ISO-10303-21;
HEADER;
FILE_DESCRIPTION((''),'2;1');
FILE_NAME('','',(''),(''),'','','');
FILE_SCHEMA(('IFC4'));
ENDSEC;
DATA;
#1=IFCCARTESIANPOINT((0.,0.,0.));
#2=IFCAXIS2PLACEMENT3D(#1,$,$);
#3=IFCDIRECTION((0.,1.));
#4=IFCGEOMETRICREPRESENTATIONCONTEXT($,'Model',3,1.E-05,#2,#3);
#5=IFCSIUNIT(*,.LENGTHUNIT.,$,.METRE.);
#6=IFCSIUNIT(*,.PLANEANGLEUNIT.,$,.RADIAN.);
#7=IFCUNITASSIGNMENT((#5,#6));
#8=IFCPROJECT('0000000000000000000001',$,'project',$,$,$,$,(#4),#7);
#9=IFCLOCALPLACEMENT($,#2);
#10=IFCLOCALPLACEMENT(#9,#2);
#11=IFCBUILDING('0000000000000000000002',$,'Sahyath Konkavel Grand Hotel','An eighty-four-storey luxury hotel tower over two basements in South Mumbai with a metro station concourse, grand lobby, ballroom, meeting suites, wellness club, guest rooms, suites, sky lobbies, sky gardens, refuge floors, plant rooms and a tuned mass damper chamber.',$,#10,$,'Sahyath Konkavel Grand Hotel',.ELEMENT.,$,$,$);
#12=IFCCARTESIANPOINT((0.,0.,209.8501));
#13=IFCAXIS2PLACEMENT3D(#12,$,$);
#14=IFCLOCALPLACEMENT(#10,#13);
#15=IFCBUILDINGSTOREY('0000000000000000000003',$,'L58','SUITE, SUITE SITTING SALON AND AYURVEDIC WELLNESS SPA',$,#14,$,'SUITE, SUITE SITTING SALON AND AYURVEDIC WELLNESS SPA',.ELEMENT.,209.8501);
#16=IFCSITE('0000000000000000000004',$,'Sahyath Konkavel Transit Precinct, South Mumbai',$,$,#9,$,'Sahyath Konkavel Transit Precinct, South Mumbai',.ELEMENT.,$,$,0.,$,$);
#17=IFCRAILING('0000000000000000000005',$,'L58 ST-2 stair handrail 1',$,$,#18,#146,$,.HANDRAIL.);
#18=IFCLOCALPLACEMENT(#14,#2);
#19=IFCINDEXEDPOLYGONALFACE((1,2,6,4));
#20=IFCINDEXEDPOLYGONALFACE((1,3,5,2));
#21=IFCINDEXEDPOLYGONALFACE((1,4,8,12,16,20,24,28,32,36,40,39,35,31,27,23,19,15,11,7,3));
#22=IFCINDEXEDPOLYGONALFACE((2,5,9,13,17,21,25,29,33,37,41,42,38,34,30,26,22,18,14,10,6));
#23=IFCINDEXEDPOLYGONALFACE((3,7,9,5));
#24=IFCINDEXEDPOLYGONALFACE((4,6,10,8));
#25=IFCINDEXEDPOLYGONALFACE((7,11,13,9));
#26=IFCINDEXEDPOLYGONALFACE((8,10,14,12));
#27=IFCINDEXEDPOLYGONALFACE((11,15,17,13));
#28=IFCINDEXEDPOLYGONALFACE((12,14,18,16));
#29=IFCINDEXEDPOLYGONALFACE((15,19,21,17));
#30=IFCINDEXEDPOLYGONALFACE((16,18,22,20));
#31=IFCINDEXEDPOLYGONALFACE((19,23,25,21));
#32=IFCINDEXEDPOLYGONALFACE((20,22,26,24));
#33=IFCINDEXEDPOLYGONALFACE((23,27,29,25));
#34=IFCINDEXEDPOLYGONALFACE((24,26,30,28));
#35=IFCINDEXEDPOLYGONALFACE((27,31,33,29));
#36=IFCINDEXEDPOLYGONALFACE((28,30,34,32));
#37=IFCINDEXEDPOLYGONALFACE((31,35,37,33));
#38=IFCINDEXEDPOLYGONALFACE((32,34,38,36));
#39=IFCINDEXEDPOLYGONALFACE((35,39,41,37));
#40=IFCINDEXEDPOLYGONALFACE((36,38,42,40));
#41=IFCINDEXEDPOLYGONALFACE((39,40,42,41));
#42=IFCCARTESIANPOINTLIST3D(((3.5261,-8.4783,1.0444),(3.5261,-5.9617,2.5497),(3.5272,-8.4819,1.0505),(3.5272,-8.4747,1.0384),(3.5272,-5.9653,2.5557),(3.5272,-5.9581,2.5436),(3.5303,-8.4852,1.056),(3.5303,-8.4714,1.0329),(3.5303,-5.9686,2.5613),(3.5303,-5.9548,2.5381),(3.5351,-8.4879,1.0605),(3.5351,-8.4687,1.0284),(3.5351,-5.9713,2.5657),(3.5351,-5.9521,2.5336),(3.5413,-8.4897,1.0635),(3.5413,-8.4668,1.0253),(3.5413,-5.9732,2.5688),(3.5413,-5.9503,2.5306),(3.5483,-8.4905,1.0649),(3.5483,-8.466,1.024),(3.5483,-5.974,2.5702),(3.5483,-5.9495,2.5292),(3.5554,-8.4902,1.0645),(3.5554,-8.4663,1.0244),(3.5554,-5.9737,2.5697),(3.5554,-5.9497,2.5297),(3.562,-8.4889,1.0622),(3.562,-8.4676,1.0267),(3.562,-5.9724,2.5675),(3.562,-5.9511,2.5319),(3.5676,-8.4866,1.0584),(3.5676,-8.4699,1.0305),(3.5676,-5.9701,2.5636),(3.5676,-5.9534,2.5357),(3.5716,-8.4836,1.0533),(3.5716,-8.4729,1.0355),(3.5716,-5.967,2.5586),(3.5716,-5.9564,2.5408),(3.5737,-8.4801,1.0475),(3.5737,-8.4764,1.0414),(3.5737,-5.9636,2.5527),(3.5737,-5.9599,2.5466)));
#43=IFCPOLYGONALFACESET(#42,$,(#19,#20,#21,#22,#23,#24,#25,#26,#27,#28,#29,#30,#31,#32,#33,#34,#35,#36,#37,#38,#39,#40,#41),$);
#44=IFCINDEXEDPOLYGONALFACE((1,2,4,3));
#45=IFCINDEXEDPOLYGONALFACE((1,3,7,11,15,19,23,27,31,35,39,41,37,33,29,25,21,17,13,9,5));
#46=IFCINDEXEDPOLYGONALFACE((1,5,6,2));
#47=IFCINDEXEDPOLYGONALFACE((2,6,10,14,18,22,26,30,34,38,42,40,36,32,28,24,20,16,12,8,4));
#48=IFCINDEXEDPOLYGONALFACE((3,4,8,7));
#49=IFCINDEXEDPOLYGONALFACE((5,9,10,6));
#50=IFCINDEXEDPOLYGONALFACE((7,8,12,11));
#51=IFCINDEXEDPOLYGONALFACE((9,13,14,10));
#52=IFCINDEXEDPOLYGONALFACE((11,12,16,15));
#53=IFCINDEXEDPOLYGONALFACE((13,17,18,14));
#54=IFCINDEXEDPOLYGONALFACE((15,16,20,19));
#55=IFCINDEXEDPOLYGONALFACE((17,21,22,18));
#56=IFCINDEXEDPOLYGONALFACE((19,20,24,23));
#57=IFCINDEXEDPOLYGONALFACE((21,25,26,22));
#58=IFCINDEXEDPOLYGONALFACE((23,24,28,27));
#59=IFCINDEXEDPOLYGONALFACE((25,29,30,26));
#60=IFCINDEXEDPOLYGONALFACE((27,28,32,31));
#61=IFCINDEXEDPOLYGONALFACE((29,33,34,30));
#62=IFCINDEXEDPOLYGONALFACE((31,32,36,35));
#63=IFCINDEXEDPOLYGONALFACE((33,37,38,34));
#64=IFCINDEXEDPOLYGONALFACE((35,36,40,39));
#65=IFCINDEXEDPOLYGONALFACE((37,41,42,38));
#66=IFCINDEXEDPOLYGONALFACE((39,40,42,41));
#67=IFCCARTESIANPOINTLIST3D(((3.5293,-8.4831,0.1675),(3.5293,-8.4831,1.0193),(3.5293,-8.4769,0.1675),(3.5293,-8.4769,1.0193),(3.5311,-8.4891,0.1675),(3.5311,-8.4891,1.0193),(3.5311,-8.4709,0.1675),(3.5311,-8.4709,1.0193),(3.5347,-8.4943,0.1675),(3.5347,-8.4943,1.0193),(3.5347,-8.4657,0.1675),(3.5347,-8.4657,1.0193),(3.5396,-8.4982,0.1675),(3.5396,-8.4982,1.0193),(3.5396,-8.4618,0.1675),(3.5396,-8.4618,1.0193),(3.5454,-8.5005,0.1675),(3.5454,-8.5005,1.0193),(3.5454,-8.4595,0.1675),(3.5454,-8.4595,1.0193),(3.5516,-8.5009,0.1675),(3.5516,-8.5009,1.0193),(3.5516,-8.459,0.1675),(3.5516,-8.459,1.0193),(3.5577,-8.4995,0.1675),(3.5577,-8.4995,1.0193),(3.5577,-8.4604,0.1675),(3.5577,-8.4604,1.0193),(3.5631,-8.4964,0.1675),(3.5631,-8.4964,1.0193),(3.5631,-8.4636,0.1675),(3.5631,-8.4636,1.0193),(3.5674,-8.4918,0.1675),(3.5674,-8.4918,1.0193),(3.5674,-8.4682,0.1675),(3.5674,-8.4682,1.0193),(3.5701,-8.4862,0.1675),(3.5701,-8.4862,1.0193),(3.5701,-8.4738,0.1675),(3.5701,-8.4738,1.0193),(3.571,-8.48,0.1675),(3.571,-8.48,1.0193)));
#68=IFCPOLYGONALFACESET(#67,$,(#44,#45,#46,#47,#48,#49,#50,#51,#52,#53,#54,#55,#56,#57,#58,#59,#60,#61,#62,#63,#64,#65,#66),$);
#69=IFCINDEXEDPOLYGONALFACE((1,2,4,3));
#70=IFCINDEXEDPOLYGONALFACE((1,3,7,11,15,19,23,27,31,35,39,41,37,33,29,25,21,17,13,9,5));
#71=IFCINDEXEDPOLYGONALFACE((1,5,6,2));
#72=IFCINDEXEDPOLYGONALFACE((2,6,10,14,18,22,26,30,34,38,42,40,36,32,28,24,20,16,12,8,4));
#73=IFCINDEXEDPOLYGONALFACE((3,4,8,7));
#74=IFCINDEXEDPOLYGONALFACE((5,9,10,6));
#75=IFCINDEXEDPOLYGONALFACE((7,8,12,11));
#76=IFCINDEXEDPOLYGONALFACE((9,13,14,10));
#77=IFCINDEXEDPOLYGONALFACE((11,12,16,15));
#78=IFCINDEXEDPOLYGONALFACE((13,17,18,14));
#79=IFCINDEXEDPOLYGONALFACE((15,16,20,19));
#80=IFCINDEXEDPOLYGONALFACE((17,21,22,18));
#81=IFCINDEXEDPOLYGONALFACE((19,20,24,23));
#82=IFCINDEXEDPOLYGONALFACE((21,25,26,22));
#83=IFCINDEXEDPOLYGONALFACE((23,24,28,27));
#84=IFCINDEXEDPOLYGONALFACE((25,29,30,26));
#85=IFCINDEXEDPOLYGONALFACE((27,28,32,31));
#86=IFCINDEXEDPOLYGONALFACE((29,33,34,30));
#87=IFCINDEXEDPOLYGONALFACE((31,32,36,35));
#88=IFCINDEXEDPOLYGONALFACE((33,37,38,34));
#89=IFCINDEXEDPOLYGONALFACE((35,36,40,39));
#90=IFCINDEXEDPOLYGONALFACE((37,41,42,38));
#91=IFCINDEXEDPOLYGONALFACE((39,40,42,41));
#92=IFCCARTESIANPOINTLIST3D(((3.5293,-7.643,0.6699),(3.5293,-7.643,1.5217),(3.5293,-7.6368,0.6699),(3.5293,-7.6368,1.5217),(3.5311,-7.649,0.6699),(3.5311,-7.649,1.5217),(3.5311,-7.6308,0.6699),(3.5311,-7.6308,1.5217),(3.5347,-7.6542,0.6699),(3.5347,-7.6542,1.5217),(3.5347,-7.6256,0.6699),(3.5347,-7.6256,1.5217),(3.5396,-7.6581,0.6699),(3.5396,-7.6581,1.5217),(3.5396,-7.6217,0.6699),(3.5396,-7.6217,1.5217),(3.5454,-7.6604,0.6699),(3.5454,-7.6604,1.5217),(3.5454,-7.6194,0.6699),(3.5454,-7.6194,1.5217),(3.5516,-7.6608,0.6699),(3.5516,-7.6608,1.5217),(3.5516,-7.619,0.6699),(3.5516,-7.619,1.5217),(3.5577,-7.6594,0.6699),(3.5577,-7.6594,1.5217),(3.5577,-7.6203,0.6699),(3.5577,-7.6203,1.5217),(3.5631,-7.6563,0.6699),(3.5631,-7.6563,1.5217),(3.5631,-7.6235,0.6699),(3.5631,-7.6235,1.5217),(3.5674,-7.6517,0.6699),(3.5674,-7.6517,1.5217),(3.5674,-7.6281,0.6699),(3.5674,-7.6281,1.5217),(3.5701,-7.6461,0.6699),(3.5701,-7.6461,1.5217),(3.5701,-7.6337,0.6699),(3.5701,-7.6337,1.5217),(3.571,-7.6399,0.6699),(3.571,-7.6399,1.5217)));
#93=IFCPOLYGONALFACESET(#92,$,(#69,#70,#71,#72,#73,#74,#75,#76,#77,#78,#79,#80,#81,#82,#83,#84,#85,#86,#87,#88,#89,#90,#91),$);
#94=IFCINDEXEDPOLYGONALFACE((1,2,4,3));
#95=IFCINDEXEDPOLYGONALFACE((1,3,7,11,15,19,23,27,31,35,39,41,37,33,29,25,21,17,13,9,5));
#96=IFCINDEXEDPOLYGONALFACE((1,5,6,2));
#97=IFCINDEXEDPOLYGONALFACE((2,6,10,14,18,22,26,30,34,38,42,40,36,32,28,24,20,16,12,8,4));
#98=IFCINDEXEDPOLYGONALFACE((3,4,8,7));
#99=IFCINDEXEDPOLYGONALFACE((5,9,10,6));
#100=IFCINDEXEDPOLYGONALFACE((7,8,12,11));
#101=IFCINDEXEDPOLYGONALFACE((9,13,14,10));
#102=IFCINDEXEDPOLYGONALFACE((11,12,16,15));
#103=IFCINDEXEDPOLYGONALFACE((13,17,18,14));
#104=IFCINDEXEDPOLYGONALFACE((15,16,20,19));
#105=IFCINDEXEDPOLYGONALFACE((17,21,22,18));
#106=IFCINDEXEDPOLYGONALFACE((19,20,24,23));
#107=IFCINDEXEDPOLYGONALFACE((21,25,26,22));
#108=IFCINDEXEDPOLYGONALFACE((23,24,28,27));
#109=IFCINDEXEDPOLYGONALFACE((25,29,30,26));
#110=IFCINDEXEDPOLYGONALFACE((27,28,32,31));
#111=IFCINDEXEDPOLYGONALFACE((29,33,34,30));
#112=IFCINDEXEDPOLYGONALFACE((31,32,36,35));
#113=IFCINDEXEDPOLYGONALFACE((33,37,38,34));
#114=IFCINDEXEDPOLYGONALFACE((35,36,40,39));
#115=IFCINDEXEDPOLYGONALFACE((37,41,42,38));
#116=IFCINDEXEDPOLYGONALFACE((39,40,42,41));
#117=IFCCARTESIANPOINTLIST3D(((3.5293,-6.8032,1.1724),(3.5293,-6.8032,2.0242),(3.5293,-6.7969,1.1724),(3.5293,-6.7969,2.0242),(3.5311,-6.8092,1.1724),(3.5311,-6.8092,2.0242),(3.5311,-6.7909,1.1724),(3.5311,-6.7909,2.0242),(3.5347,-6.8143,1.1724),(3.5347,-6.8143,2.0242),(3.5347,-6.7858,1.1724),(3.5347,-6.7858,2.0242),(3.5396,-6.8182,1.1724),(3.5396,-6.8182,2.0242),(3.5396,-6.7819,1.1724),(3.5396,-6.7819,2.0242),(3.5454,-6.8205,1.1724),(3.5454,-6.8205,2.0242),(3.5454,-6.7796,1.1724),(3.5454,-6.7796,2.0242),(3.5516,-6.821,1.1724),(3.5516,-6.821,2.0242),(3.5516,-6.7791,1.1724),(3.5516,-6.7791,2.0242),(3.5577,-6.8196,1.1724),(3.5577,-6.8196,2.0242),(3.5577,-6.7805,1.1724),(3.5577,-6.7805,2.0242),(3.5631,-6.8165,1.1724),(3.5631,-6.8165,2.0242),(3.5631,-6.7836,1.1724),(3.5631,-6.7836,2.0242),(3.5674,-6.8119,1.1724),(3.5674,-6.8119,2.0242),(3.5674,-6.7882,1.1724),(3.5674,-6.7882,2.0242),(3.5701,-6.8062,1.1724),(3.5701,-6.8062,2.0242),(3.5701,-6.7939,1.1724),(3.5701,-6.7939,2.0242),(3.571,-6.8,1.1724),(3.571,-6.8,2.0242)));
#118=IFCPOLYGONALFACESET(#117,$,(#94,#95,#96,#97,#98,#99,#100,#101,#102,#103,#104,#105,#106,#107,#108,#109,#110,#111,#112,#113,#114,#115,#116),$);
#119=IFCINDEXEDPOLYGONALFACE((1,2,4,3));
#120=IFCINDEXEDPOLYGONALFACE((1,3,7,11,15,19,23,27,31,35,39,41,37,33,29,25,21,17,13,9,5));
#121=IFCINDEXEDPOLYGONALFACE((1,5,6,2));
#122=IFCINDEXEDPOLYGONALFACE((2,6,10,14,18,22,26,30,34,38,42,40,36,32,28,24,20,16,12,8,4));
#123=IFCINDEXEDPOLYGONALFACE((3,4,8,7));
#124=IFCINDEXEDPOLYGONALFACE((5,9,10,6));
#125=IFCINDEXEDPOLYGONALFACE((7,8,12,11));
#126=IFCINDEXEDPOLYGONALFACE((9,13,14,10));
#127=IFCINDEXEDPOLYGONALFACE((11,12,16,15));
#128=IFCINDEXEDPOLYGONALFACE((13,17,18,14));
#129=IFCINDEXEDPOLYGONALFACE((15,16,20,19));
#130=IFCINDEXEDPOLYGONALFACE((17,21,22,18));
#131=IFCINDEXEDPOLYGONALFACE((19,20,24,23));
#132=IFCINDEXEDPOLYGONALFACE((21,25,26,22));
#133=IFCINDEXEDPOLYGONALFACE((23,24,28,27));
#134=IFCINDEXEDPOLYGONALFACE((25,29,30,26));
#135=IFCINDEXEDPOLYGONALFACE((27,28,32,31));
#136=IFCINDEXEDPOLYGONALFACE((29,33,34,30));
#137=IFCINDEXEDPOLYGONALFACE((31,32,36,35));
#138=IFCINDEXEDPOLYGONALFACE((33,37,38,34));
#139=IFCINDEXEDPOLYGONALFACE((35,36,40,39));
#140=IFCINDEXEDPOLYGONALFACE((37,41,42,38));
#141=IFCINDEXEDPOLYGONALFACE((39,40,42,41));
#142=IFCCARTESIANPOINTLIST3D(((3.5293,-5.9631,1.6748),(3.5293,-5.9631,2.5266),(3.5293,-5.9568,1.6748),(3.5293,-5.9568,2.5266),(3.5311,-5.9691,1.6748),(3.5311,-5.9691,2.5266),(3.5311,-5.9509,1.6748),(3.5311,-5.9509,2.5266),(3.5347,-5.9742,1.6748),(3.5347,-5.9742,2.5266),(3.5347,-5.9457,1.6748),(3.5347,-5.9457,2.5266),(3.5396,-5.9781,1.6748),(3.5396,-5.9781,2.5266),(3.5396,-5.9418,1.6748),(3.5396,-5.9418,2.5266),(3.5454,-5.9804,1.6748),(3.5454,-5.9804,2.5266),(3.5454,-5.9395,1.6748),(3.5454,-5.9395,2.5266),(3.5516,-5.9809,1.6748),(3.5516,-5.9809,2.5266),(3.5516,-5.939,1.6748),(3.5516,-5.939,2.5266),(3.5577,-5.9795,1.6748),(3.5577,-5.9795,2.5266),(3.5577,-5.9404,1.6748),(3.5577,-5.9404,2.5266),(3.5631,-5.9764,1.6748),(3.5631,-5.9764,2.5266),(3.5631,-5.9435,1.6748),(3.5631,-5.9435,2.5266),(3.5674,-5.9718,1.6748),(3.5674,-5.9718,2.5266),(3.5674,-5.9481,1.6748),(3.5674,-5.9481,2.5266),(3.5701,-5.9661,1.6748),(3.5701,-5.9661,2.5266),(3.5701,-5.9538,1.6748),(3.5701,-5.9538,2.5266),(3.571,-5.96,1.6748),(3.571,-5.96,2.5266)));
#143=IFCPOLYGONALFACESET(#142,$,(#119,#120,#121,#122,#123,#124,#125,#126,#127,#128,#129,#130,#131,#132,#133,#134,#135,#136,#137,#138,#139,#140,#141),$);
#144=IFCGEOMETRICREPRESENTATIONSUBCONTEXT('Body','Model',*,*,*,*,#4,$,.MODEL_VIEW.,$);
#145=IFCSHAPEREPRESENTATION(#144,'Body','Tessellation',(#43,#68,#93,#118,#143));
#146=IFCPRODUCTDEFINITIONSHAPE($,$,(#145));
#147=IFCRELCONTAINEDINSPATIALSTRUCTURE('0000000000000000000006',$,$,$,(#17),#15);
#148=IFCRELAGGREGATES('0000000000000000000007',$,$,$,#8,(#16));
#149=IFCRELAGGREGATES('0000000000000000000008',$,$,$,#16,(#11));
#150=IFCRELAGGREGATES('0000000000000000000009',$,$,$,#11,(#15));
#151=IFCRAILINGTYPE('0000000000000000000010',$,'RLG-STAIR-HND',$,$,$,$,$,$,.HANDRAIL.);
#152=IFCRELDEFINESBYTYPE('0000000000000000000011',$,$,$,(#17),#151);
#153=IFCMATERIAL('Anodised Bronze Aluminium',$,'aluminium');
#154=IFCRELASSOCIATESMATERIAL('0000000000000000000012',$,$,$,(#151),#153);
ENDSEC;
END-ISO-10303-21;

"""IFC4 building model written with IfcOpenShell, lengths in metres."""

from ifc_helpers import new_model, si_unit, direction, frame, origin, origin_2d, place, context, subcontext, project, spatial, circle, extrude, material, type_object, element, save


model = new_model("IFC4")

# Units and contexts
model_context = context("Model", 3, precision=1e-05, world=origin(), true_north=direction((0.0, 1.0)))
body_context = subcontext(model_context, "Body", "Model", "MODEL_VIEW")
ifc_project = project(units=[si_unit("LENGTHUNIT", "METRE"), si_unit("PLANEANGLEUNIT", "RADIAN")], contexts=[model_context])

# Site, building, storey
site_placement = place(None, origin())
site = spatial("IfcSite", under=ifc_project, at=site_placement, Name="Sahyath Konkavel Transit Precinct, South Mumbai", LongName="Sahyath Konkavel Transit Precinct, South Mumbai", CompositionType="ELEMENT", RefElevation=0.0)
building_placement = place(site_placement, origin())
building = spatial("IfcBuilding", under=site, at=building_placement, Name="Sahyath Konkavel Grand Hotel", Description="An eighty-four-storey luxury hotel tower over two basements in South Mumbai with a metro station concourse, grand lobby, ballroom, meeting suites, wellness club, guest rooms, suites, sky lobbies, sky gardens, refuge floors, plant rooms and a tuned mass damper chamber.", LongName="Sahyath Konkavel Grand Hotel", CompositionType="ELEMENT")
storey_placement = place(building_placement, frame((0.0, 0.0, 209.8501)))
storey = spatial("IfcBuildingStorey", under=building, at=storey_placement, Name="L58", Description="SUITE, SUITE SITTING SALON AND AYURVEDIC WELLNESS SPA", LongName="SUITE, SUITE SITTING SALON AND AYURVEDIC WELLNESS SPA", CompositionType="ELEMENT", Elevation=209.8501)

# Shared definitions
ifc_material_1 = material(Name="Anodised Bronze Aluminium", Category="aluminium")

# Railing
railing_type_1 = type_object("IfcRailingType", Name="RLG-STAIR-HND", PredefinedType="HANDRAIL", material=ifc_material_1)
railing_1_placement = place(storey_placement, frame((3.55, -8.48, 0.1675)))
element("IfcRailing", 1, at=railing_1_placement, inside=storey, type_object=railing_type_1, Name="L58 ST-2 stair handrail 1", PredefinedType="HANDRAIL", context=body_context, shape_type="SweptSolid", body=[
    extrude(circle(Radius=0.0239, at=origin_2d()), frame((0.0, 0.0017, 0.877), z_axis=(0.0, 0.858196, 0.513321), x_axis=(-1.0, 0.0, 0.0)), (0.0, 0.0, 1.0), 2.9324),
    extrude(circle(Radius=0.021, at=origin_2d()), origin(), (0.0, 0.0, 1.0), 0.8518),
    extrude(circle(Radius=0.021, at=origin_2d()), frame((0.0, 0.8401, 0.5024)), (0.0, 0.0, 1.0), 0.8518),
    extrude(circle(Radius=0.021, at=origin_2d()), frame((0.0, 1.6799, 1.0049)), (0.0, 0.0, 1.0), 0.8518),
    extrude(circle(Radius=0.021, at=origin_2d()), frame((0.0, 2.52, 1.5073)), (0.0, 0.0, 1.0), 0.8518),
])

save(model, "model.ifc")
